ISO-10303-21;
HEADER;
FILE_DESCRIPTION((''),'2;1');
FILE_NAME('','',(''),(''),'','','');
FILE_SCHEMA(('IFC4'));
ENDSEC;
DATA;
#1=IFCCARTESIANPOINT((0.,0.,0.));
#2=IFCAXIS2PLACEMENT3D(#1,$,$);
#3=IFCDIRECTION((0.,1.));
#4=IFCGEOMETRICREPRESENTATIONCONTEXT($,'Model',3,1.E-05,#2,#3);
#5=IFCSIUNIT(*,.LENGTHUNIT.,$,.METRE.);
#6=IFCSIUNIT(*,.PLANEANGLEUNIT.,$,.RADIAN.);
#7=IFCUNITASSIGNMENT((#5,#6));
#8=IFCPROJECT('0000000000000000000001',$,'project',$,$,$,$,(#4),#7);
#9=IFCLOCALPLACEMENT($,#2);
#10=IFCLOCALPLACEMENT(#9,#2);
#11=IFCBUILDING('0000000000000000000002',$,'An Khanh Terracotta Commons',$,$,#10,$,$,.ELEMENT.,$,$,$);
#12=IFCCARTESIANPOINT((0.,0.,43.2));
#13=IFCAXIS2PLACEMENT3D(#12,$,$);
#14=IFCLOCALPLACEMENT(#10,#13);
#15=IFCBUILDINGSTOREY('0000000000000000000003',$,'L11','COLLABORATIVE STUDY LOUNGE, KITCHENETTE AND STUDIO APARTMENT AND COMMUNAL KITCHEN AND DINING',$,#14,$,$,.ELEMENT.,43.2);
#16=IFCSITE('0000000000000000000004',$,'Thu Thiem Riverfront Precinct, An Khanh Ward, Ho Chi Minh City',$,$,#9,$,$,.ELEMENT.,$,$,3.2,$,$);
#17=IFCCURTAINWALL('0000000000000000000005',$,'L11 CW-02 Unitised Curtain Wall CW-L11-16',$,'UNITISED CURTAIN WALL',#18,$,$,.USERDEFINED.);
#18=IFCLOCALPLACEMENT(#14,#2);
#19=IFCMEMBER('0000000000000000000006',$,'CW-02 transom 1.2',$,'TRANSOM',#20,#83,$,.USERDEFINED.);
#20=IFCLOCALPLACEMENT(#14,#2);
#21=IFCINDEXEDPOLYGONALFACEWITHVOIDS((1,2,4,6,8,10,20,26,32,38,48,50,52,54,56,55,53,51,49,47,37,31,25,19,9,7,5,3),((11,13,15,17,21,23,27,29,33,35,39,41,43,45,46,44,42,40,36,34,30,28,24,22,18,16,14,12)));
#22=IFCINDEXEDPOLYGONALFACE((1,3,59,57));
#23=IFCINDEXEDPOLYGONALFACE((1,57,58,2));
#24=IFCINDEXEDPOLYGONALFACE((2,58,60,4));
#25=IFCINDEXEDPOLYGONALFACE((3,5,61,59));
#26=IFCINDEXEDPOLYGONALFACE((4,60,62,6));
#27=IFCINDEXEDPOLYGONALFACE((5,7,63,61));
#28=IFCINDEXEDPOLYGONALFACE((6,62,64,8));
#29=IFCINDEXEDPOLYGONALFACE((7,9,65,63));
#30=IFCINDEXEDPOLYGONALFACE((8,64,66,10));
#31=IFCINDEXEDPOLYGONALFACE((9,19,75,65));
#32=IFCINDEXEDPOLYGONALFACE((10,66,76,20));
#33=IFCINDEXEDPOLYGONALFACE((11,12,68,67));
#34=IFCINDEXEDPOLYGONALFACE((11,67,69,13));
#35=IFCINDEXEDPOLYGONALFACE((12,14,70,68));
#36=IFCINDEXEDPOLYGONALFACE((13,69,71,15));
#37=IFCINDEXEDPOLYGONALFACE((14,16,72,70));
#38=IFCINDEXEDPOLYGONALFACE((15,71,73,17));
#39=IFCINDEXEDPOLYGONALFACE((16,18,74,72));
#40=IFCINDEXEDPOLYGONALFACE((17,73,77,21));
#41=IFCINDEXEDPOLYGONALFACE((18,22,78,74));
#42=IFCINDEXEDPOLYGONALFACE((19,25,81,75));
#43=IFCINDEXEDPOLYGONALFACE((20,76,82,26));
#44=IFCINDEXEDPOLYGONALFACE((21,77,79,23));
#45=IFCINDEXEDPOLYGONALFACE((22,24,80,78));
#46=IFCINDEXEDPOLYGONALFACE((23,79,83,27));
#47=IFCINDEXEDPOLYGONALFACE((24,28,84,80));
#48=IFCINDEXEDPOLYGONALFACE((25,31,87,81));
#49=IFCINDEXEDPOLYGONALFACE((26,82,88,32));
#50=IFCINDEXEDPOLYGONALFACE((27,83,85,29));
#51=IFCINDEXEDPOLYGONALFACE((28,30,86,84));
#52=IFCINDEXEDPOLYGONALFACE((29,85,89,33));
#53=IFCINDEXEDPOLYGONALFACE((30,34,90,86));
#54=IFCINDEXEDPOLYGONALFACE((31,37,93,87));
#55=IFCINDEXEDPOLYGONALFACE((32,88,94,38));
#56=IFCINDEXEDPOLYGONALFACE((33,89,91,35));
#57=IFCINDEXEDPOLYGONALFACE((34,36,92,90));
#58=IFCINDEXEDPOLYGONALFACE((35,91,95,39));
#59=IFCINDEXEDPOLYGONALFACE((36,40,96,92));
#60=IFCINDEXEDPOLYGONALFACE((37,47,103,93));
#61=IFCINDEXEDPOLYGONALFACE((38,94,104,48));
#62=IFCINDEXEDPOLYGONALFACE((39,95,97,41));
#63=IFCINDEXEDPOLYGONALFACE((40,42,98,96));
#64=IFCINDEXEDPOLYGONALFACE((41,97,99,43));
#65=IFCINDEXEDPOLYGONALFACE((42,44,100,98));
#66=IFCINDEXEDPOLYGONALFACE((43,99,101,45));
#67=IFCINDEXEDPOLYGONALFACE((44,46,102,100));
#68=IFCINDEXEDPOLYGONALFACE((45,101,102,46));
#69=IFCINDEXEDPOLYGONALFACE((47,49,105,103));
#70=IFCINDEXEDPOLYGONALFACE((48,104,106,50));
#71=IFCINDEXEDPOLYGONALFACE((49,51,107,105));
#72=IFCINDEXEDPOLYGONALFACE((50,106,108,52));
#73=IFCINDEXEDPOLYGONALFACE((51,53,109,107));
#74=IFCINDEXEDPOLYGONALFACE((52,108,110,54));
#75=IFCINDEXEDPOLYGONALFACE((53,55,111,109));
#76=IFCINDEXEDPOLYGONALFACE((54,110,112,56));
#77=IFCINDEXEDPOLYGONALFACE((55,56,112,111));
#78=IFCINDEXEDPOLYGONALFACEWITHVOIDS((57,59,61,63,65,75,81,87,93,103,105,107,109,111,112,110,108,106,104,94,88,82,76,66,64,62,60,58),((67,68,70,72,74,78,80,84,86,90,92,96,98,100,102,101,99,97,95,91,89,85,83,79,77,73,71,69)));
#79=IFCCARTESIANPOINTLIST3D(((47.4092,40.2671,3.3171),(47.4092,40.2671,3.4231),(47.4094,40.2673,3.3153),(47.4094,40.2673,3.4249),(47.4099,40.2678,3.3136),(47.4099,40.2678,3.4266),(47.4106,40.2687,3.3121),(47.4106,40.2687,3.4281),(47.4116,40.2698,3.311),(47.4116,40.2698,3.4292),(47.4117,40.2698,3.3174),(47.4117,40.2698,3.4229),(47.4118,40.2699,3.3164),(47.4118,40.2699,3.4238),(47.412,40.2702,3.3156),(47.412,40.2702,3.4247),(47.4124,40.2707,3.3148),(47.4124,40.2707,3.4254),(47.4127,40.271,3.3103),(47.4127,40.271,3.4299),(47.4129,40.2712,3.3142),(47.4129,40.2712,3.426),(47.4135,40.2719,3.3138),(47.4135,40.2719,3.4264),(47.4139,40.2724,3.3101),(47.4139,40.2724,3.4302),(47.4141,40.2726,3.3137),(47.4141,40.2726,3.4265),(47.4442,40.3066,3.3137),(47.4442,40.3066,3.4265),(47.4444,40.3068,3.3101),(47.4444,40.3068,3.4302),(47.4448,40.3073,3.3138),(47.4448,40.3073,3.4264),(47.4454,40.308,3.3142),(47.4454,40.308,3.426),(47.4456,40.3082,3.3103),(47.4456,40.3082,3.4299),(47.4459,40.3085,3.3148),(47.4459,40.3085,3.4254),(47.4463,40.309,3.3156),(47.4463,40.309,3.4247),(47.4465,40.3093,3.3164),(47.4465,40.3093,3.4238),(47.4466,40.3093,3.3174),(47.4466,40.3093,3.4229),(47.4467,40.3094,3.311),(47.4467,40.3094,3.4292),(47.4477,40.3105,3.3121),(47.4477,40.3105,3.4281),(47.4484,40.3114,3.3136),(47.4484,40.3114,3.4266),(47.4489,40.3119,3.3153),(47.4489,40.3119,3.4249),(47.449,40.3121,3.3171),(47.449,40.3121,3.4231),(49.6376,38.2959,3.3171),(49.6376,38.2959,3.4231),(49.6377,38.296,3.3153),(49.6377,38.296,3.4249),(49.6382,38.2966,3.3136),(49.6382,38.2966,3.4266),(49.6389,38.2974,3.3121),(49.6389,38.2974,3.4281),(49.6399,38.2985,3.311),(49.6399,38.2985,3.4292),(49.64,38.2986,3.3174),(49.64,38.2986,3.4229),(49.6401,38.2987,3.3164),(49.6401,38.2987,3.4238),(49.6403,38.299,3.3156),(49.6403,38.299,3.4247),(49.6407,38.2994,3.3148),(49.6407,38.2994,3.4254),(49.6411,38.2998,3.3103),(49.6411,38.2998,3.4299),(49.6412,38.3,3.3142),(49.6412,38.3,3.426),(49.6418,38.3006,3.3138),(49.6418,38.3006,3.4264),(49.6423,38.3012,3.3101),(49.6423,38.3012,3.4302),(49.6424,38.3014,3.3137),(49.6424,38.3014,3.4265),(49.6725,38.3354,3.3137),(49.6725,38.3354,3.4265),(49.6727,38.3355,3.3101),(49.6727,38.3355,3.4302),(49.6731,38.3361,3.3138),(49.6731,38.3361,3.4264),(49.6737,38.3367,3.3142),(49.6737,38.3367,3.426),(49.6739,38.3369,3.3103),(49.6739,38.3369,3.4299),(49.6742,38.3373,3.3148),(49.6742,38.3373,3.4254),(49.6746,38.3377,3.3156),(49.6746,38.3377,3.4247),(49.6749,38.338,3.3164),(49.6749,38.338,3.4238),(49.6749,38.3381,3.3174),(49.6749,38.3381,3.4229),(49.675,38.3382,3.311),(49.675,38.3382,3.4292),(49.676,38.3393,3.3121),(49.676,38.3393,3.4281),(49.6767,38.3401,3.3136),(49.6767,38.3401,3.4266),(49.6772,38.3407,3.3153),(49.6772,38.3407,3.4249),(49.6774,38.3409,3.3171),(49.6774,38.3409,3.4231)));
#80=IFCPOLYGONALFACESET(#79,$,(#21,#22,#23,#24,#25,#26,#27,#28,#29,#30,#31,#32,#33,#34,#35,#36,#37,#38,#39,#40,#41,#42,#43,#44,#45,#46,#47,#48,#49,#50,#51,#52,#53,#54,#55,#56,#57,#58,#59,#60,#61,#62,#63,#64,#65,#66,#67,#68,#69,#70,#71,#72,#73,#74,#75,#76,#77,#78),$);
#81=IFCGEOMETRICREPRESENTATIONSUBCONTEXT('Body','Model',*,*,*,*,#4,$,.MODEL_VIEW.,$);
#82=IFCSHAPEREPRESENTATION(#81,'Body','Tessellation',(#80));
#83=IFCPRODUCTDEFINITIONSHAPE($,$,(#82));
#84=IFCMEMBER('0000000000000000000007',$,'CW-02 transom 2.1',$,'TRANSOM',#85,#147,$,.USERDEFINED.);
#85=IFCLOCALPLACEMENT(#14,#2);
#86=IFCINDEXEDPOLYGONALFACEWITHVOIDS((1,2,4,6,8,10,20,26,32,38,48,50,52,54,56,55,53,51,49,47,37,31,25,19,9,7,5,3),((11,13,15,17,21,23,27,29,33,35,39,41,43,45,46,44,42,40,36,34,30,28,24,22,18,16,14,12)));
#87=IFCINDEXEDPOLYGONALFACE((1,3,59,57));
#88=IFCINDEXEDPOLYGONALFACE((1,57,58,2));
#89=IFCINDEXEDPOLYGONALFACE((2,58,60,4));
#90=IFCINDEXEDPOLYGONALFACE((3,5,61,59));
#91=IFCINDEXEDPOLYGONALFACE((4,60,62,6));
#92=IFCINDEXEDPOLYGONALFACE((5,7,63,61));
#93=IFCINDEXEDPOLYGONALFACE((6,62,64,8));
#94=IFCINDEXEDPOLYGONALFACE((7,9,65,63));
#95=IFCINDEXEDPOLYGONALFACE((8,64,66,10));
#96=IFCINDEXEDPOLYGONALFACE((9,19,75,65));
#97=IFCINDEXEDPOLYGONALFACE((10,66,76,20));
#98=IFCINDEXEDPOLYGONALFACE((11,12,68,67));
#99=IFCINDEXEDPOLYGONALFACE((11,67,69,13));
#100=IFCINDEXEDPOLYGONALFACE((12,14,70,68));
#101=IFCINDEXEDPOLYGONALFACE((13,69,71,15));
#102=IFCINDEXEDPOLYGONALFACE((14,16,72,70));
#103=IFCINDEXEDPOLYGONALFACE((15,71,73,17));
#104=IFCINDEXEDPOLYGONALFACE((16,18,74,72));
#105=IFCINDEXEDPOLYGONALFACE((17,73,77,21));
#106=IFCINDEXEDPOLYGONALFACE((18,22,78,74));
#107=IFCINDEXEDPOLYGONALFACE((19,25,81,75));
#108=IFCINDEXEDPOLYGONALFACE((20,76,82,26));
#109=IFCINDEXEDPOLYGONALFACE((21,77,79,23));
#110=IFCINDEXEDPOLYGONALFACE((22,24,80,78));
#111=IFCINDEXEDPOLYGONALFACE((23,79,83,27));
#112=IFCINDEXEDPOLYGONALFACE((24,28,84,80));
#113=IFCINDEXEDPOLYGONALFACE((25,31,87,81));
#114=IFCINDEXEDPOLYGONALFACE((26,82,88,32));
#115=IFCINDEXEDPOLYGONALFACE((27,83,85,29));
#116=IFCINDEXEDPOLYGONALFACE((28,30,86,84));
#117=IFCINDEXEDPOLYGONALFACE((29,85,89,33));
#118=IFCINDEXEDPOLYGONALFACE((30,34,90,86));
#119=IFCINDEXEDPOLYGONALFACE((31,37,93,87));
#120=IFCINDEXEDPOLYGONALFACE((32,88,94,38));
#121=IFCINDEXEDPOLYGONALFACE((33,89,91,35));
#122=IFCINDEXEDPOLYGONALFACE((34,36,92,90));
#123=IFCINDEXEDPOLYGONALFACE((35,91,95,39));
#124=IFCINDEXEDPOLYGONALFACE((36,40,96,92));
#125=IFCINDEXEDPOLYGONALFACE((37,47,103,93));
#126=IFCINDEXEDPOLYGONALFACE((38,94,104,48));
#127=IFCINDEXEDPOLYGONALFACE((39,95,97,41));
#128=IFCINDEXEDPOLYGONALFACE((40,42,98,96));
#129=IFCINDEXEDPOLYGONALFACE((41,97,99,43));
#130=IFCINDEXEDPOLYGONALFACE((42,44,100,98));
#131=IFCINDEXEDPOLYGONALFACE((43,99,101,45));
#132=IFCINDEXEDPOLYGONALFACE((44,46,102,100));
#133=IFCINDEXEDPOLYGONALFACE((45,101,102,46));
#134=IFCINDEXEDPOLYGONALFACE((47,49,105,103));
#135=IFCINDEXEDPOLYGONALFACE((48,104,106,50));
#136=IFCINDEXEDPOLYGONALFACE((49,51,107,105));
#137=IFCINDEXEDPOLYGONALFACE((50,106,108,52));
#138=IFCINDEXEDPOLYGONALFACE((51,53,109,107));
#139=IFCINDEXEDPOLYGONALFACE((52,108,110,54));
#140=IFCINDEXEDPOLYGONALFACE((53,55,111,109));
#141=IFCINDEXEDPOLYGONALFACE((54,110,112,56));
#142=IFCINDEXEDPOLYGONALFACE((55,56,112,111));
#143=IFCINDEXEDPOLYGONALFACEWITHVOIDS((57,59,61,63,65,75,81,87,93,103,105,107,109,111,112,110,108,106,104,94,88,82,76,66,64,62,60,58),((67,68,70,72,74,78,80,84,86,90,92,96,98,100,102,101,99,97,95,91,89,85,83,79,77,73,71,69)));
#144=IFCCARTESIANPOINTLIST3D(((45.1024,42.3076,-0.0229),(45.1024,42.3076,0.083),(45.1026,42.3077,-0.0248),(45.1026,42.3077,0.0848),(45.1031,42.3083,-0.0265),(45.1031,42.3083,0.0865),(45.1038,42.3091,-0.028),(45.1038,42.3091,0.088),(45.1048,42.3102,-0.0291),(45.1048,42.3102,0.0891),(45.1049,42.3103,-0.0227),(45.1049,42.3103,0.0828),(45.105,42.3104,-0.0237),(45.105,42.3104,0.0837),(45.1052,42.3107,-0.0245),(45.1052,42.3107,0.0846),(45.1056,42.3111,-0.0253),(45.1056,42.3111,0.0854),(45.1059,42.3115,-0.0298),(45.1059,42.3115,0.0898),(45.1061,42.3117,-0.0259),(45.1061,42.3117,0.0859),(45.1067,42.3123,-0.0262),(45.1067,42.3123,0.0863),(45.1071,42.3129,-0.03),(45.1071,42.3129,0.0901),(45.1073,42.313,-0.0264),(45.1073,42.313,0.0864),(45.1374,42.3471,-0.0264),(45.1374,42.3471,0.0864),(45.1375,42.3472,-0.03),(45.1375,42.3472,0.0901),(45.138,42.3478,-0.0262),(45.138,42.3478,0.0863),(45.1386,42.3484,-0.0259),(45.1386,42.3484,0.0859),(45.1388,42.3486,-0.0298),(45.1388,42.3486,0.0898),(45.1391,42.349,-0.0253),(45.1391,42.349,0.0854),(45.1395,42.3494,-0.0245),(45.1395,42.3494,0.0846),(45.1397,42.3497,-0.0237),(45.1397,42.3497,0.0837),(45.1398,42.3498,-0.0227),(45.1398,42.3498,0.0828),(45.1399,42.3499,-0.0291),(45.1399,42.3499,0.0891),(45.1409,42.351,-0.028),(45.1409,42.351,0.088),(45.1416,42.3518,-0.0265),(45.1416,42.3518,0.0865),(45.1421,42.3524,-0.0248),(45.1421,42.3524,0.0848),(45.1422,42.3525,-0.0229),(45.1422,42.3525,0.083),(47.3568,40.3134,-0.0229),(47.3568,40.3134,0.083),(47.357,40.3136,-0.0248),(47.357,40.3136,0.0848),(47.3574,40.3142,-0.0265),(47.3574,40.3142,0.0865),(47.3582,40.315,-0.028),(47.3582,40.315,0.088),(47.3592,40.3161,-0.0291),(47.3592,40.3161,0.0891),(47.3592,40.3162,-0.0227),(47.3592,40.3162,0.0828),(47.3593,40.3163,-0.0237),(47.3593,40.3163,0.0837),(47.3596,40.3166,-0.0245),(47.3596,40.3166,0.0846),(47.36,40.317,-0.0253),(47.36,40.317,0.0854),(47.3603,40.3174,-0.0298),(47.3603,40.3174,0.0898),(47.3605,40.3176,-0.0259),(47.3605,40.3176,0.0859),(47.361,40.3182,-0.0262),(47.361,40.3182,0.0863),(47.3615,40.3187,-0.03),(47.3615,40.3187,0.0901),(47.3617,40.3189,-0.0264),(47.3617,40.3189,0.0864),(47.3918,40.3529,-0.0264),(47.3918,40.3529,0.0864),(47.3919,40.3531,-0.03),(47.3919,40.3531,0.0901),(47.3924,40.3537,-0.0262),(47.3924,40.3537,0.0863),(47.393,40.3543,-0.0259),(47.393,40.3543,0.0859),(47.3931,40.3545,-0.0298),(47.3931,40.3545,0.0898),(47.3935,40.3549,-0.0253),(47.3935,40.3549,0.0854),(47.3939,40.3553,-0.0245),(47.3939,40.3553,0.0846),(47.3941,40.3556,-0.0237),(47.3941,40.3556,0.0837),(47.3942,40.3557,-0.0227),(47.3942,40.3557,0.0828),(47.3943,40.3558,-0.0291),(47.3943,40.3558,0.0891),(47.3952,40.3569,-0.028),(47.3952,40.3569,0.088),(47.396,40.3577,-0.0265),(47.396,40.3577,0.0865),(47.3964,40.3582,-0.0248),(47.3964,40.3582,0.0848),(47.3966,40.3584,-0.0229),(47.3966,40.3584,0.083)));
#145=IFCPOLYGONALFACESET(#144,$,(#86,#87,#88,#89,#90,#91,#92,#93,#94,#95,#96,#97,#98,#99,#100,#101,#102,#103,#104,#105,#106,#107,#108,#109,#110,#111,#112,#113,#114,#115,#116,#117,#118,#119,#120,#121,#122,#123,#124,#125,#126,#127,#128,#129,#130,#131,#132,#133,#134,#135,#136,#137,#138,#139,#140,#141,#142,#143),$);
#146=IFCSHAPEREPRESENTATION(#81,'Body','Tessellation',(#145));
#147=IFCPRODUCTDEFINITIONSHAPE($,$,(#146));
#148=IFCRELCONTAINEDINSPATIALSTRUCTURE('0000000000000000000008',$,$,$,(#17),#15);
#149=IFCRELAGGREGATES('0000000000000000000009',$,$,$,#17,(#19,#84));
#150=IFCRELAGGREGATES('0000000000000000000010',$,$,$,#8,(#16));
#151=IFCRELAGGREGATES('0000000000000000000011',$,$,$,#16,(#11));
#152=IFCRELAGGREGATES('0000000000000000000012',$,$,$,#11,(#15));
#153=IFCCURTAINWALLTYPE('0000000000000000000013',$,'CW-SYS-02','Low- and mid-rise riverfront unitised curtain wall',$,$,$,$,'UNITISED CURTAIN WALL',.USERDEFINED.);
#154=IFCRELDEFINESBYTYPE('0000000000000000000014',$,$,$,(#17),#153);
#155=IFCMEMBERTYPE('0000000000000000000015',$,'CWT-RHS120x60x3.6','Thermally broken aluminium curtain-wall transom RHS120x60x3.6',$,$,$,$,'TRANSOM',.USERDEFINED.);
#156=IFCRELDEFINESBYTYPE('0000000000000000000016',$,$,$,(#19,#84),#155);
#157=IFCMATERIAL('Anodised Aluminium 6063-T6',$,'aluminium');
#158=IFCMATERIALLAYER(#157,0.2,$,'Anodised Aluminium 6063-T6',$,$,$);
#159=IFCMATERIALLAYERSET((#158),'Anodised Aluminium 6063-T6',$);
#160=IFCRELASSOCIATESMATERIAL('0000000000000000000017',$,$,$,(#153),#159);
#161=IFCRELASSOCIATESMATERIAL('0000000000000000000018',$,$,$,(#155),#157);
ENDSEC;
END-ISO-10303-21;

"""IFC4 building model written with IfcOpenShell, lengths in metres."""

from ifc_helpers import new_model, si_unit, direction, frame, origin, origin_2d, place, context, subcontext, project, spatial, hollow_rectangle, extrude, material, layer, layer_set, material_profile, profile_set, type_object, element, aggregate, save


model = new_model("IFC4")

# Units and contexts
model_context = context("Model", 3, precision=1e-05, world=origin(), true_north=direction((0.0, 1.0)))
body_context = subcontext(model_context, "Body", "Model", "MODEL_VIEW")
ifc_project = project(units=[si_unit("LENGTHUNIT", "METRE"), si_unit("PLANEANGLEUNIT", "RADIAN")], contexts=[model_context])

# Site, building, storey
site_placement = place(None, origin())
site = spatial("IfcSite", under=ifc_project, at=site_placement, Name="Thu Thiem Riverfront Precinct, An Khanh Ward, Ho Chi Minh City", CompositionType="ELEMENT", RefElevation=3.2)
building_placement = place(site_placement, origin())
building = spatial("IfcBuilding", under=site, at=building_placement, Name="An Khanh Terracotta Commons", CompositionType="ELEMENT")
storey_placement = place(building_placement, frame((0.0, 0.0, 43.2)))
storey = spatial("IfcBuildingStorey", under=building, at=storey_placement, Name="L11", Description="COLLABORATIVE STUDY LOUNGE, KITCHENETTE AND STUDIO APARTMENT AND COMMUNAL KITCHEN AND DINING", CompositionType="ELEMENT", Elevation=43.2)

# Shared definitions
ifc_material_1 = material(Name="Anodised Aluminium 6063-T6", Category="aluminium")
ifc_layer_1 = layer(ifc_material_1, 0.2, Name="Anodised Aluminium 6063-T6")
ifc_layer_set_1 = layer_set([ifc_layer_1], Name="Anodised Aluminium 6063-T6")
curtain_wall_type = type_object("IfcCurtainWallType", Name="CW-SYS-02", Description="Low- and mid-rise riverfront unitised curtain wall", ElementType="UNITISED CURTAIN WALL", PredefinedType="USERDEFINED", material=ifc_layer_set_1)

# Curtain wall, members
curtain_wall_1_placement = place(storey_placement, origin())
curtain_wall_1 = element("IfcCurtainWall", 1, at=curtain_wall_1_placement, inside=storey, type_object=curtain_wall_type, Name="L11 CW-02 Unitised Curtain Wall CW-L11-16", ObjectType="UNITISED CURTAIN WALL", PredefinedType="USERDEFINED")
ifc_material_profile_1 = material_profile(ifc_material_1, hollow_rectangle(XDim=0.0601, YDim=0.1201, WallThickness=0.0037, InnerFilletRadius=0.0037, OuterFilletRadius=0.0071, at=origin_2d()), Name="RHS120x60x3.6")
ifc_profile_set_1 = profile_set([ifc_material_profile_1], Name="Anodised Aluminium 6063-T6")
member_type_1 = type_object("IfcMemberType", Name="CWT-RHS120x60x3.6", Description="Thermally broken aluminium curtain-wall transom RHS120x60x3.6", ElementType="TRANSOM", PredefinedType="USERDEFINED", material=ifc_profile_set_1)
member_1_placement = place(storey_placement, frame((49.6575, 38.3184, 3.3701), z_axis=(-0.748992, 0.662579, 0.0), x_axis=(-0.662579, -0.748992, 0.0)))
member_1 = element("IfcMember", 2, at=member_1_placement, type_object=member_type_1, Name="CW-02 transom 1.2", ObjectType="TRANSOM", PredefinedType="USERDEFINED", context=body_context, shape_type="SweptSolid", body=[
    extrude(hollow_rectangle(XDim=0.0601, YDim=0.1201, WallThickness=0.0037, InnerFilletRadius=0.0037, OuterFilletRadius=0.0071, at=origin_2d()), origin(), (0.0, 0.0, 1.0), 2.9751),
])
member_2_placement = place(storey_placement, frame((47.3767, 40.3359, 0.03), z_axis=(-0.749018, 0.662549, 0.0), x_axis=(-0.662549, -0.749018, 0.0)))
member_2 = element("IfcMember", 3, at=member_2_placement, type_object=member_type_1, Name="CW-02 transom 2.1", ObjectType="TRANSOM", PredefinedType="USERDEFINED", context=body_context, shape_type="SweptSolid", body=[
    extrude(hollow_rectangle(XDim=0.0601, YDim=0.1201, WallThickness=0.0037, InnerFilletRadius=0.0037, OuterFilletRadius=0.0071, at=origin_2d()), origin(), (0.0, 0.0, 1.0), 3.0098),
])
aggregate(curtain_wall_1, [member_1, member_2])

save(model, "model.ifc")
